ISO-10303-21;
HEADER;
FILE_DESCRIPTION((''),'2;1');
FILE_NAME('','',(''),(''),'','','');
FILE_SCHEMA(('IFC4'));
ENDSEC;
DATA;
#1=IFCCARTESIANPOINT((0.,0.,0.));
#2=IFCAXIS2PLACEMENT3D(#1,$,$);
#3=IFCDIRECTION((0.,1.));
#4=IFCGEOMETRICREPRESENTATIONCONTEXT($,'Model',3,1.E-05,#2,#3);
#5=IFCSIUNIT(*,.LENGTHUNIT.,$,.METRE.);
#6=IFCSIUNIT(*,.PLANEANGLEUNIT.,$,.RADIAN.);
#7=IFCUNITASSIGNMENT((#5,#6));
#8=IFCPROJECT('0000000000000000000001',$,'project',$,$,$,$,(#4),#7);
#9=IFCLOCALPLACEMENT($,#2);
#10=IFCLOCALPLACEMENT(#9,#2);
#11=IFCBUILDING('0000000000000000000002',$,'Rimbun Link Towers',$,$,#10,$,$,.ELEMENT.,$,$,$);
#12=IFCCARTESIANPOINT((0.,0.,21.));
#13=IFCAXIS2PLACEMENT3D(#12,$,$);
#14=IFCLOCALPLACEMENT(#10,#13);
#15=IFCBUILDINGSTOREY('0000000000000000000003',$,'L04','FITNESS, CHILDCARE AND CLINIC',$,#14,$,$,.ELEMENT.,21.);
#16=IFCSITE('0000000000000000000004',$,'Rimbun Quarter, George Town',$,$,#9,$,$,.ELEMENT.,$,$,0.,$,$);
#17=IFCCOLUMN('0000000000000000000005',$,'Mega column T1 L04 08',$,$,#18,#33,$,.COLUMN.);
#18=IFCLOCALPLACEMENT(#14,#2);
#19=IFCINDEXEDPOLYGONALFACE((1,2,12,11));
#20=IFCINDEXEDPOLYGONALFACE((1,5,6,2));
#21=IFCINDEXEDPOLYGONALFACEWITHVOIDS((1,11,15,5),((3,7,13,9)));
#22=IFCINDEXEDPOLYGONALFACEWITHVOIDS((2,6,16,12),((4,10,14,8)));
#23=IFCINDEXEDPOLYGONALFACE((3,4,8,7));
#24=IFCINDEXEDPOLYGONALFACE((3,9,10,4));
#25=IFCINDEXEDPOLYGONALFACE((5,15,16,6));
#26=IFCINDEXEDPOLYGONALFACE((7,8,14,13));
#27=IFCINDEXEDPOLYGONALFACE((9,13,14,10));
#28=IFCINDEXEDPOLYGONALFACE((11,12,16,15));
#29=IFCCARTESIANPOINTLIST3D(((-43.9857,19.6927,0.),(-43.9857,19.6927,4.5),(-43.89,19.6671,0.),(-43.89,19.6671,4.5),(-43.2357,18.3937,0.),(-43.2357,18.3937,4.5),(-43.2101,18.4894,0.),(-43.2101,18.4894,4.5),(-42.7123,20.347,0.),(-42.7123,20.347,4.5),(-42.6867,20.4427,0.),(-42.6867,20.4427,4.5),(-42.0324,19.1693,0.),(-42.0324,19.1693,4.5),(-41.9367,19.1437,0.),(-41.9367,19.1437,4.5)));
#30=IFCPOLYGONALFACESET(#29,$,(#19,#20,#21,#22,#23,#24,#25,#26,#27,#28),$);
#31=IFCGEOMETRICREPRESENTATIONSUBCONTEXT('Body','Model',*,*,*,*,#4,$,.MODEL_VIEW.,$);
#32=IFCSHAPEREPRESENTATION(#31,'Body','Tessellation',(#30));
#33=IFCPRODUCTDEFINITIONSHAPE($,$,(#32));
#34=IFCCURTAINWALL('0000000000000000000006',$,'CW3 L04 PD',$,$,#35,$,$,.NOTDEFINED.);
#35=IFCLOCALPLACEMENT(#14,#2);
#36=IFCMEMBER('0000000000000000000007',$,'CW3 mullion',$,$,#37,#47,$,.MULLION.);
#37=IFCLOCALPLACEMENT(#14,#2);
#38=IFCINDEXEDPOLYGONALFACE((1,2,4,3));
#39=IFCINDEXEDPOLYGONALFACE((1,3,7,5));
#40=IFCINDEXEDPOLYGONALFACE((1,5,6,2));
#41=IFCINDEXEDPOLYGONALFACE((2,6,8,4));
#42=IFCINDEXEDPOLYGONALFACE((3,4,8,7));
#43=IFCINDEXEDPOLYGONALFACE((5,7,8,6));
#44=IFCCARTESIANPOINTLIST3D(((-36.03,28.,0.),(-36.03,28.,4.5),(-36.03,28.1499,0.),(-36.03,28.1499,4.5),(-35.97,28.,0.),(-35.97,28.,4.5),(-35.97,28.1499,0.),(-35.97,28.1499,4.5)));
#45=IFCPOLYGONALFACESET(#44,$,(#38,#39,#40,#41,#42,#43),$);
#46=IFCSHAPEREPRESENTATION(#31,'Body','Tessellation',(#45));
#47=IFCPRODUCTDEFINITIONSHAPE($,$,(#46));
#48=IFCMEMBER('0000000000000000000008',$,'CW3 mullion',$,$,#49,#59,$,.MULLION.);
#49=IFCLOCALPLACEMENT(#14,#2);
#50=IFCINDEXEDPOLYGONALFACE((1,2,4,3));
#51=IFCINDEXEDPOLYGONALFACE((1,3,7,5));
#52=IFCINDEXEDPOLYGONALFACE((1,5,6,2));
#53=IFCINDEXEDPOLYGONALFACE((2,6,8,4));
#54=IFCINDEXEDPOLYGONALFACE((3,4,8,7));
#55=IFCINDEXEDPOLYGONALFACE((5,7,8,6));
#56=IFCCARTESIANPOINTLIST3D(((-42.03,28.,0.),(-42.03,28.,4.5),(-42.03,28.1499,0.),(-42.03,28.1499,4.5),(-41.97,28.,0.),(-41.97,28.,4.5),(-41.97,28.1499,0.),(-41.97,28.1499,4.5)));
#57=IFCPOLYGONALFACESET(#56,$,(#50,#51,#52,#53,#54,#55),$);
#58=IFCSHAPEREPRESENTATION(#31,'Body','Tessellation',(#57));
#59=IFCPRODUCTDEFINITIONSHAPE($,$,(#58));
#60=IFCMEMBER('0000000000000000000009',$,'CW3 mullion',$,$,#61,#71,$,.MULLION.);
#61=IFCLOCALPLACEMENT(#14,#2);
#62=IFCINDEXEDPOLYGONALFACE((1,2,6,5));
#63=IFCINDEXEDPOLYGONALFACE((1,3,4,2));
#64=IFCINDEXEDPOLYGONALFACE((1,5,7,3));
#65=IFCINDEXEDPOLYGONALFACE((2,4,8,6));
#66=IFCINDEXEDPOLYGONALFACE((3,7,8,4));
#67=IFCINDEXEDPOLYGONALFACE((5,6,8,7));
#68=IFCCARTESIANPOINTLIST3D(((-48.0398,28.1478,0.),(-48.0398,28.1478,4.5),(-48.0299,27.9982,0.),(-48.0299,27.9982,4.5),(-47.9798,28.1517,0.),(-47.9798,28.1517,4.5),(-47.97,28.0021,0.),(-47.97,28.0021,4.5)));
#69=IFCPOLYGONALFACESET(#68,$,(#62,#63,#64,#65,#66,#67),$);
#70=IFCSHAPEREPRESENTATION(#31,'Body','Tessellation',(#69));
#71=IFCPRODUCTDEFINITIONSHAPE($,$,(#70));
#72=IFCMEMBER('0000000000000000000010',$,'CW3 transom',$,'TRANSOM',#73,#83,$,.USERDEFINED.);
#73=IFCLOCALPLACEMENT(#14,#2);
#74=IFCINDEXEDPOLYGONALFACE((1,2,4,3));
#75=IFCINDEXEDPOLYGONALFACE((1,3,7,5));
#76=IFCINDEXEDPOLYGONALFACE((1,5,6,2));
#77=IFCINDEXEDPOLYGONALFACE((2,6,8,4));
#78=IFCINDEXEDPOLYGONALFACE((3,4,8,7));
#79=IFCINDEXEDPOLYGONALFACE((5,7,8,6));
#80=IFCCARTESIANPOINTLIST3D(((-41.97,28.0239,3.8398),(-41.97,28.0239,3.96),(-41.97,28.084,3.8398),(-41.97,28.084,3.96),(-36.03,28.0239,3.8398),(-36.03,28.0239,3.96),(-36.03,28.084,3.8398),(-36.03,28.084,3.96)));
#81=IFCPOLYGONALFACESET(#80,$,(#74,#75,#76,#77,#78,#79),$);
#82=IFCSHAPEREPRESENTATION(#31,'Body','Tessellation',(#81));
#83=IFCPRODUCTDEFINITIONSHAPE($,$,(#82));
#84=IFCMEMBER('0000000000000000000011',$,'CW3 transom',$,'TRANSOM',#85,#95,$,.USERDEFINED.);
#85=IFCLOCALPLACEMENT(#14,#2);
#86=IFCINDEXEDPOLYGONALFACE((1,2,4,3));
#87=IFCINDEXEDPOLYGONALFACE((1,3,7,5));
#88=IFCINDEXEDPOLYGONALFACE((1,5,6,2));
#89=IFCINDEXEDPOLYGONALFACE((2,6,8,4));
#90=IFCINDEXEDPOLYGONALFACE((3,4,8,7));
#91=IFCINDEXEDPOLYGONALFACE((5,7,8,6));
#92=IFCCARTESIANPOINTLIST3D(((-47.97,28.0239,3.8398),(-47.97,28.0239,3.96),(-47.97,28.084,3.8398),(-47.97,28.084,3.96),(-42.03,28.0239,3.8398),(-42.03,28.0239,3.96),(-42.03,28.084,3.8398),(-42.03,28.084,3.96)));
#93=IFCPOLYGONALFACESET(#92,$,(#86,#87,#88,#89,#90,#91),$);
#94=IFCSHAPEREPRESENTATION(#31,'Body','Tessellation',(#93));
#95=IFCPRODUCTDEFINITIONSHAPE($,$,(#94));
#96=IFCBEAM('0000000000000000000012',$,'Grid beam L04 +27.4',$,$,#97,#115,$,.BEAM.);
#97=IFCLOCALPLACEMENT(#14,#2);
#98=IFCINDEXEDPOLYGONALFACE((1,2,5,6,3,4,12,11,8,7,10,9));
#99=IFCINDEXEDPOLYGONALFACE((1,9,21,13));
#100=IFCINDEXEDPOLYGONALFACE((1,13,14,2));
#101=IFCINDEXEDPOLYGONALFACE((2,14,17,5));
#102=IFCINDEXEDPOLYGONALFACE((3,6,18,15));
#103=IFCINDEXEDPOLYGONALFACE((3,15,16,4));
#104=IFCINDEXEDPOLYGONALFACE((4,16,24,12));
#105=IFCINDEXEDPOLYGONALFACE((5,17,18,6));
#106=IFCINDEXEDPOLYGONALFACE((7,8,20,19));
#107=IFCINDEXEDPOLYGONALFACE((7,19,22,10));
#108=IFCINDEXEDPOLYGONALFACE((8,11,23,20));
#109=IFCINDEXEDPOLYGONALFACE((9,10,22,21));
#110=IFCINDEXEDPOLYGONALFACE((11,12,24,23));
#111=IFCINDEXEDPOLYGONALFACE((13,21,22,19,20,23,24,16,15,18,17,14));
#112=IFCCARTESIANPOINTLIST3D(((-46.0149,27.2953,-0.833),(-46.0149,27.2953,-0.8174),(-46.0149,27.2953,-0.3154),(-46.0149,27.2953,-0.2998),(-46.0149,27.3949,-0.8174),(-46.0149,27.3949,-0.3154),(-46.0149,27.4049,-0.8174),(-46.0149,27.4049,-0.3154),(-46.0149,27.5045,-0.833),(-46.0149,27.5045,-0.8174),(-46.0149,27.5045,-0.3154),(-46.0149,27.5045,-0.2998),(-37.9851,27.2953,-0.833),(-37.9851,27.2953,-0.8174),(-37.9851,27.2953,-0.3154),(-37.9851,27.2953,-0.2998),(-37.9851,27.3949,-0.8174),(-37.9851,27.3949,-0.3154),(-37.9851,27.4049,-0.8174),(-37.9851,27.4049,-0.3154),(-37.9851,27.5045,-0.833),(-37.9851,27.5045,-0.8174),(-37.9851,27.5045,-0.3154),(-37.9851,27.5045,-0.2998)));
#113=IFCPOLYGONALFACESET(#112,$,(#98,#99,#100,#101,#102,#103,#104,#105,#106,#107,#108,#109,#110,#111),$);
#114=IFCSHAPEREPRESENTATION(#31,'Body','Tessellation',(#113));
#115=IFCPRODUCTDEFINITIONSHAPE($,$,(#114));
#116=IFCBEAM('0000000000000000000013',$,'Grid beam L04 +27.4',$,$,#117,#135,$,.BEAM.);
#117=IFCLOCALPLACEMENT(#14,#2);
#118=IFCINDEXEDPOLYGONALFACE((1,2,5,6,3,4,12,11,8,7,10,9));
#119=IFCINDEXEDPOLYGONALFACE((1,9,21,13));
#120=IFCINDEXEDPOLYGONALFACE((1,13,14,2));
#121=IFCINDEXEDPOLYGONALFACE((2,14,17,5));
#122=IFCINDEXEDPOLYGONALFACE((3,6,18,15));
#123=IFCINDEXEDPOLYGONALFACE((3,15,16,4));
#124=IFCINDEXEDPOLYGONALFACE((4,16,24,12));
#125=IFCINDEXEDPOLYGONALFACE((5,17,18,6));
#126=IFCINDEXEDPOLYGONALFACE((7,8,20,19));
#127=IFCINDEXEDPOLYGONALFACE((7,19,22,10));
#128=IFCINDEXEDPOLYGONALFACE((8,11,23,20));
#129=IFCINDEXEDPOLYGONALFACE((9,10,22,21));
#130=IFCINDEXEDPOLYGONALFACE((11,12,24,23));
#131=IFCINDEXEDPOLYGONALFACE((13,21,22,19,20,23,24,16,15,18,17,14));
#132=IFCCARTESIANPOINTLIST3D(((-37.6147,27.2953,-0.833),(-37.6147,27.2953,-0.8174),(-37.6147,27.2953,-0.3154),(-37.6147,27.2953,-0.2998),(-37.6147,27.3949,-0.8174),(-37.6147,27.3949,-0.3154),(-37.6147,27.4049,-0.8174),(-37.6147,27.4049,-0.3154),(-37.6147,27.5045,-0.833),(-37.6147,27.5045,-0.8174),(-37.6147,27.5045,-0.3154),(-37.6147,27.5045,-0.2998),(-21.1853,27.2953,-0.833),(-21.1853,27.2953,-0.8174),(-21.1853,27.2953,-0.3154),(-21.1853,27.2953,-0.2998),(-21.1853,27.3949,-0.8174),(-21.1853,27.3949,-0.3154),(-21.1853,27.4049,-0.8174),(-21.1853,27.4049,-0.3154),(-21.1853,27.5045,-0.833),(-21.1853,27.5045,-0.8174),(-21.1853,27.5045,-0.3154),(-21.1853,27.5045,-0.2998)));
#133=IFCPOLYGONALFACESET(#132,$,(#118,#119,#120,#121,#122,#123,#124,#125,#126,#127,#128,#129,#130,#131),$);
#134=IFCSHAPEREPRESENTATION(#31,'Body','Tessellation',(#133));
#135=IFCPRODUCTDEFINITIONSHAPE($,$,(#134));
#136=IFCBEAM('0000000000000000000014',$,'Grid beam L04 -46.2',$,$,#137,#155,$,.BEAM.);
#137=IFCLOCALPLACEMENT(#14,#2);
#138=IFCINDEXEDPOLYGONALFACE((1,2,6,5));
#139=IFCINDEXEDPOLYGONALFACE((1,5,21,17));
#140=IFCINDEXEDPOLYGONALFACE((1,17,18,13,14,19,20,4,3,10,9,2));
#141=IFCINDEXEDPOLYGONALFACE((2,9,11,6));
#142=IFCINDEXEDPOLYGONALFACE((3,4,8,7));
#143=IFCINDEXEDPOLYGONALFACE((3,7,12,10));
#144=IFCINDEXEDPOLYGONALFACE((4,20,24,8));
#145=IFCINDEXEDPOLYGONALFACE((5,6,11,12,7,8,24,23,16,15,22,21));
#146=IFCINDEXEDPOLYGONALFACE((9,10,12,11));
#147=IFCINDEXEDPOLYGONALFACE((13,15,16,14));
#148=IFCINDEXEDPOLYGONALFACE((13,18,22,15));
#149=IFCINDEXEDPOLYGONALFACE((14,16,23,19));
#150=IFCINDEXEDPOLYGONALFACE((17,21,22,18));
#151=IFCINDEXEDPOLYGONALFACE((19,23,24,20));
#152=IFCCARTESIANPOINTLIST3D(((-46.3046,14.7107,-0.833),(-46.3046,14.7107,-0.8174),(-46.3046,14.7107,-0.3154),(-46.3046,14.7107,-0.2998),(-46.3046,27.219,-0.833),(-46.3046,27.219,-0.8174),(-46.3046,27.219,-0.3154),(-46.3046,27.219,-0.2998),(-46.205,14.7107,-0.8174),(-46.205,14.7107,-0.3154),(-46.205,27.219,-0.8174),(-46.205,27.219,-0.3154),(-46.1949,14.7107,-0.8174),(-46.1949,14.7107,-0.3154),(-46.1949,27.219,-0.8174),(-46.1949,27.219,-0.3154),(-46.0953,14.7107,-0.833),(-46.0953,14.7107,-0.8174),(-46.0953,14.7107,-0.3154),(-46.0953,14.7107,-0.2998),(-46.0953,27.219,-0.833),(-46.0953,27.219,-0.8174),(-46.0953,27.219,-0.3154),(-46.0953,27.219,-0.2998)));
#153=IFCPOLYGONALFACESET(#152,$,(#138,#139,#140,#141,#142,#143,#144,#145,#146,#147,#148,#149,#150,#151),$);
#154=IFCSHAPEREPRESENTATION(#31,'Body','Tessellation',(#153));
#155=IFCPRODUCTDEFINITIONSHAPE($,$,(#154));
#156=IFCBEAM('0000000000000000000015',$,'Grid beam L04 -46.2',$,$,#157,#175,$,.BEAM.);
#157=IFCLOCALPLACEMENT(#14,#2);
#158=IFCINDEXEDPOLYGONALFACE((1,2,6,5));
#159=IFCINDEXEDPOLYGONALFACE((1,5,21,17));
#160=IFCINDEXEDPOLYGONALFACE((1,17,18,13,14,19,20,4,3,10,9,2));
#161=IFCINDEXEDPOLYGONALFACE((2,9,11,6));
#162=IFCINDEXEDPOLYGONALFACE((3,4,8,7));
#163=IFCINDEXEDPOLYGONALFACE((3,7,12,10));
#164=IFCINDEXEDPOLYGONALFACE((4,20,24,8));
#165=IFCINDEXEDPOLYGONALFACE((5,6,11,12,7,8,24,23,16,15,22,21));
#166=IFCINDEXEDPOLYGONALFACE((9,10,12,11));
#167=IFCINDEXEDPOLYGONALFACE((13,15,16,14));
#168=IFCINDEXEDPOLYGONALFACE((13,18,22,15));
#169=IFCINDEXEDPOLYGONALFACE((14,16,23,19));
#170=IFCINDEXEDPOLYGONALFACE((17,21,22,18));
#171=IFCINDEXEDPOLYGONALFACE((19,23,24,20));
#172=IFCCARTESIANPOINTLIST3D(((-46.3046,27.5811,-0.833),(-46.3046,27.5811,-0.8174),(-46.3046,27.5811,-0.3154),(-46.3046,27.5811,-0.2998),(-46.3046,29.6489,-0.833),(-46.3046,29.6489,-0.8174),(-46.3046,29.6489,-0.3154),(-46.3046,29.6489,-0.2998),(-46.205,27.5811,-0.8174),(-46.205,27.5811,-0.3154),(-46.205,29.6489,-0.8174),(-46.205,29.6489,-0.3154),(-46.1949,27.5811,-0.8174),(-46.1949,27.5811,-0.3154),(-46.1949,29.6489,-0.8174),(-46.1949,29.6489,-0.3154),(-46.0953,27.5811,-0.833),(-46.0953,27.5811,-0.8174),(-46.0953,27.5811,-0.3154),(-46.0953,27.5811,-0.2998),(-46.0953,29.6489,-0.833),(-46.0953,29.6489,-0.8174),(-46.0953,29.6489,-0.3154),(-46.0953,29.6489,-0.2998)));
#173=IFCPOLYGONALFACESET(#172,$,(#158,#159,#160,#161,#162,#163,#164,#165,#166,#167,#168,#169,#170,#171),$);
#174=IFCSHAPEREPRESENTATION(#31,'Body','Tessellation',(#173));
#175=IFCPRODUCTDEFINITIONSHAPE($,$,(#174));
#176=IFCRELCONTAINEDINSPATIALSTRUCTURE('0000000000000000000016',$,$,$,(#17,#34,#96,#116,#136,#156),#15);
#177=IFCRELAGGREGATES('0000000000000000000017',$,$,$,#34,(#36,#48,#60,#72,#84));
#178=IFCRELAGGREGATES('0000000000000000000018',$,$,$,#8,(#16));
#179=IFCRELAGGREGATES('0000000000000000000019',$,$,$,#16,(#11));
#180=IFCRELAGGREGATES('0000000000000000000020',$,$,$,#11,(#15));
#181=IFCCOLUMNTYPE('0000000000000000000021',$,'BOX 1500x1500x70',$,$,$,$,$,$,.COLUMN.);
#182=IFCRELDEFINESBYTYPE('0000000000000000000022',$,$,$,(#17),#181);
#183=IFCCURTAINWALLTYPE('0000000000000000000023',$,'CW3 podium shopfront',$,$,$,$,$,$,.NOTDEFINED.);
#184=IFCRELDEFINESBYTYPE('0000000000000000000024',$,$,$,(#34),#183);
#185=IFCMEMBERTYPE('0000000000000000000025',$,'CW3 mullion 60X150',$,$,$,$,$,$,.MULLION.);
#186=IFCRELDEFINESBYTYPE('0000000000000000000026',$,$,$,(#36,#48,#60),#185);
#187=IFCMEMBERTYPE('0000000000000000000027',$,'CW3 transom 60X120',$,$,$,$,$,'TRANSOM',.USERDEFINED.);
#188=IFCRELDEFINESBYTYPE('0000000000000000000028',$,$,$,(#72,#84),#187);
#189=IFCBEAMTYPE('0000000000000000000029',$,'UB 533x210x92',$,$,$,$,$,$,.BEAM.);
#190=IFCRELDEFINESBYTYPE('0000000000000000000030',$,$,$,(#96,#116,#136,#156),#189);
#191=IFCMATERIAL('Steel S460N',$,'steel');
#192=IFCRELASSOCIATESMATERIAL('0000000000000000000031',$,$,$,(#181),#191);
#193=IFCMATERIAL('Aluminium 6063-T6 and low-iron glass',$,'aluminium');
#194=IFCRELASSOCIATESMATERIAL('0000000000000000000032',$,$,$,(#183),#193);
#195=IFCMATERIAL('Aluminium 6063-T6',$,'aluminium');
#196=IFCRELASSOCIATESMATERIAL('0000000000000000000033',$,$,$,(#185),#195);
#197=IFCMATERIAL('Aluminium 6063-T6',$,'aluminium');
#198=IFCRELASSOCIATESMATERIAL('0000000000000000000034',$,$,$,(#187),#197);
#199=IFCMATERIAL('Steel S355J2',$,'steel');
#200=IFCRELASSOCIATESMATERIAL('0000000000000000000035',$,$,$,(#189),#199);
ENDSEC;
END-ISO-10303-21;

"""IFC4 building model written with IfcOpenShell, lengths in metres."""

from ifc_helpers import new_model, si_unit, direction, frame, origin, origin_2d, place, context, subcontext, project, spatial, rectangle, hollow_rectangle, i_section, extrude, material, material_profile, profile_set, type_object, element, aggregate, save


model = new_model("IFC4")

# Units and contexts
model_context = context("Model", 3, precision=1e-05, world=origin(), true_north=direction((0.0, 1.0)))
body_context = subcontext(model_context, "Body", "Model", "MODEL_VIEW")
ifc_project = project(units=[si_unit("LENGTHUNIT", "METRE"), si_unit("PLANEANGLEUNIT", "RADIAN")], contexts=[model_context])

# Site, building, storey
site_placement = place(None, origin())
site = spatial("IfcSite", under=ifc_project, at=site_placement, Name="Rimbun Quarter, George Town", CompositionType="ELEMENT", RefElevation=0.0)
building_placement = place(site_placement, origin())
building = spatial("IfcBuilding", under=site, at=building_placement, Name="Rimbun Link Towers", CompositionType="ELEMENT")
storey_placement = place(building_placement, frame((0.0, 0.0, 21.0)))
storey = spatial("IfcBuildingStorey", under=building, at=storey_placement, Name="L04", Description="FITNESS, CHILDCARE AND CLINIC", CompositionType="ELEMENT", Elevation=21.0)

# Column
ifc_material_1 = material(Name="Steel S460N", Category="steel")
ifc_material_profile_1 = material_profile(ifc_material_1, hollow_rectangle(XDim=1.5, YDim=1.5, WallThickness=0.0701, at=origin_2d()), Name="BOX 1500x1500x70")
ifc_profile_set_1 = profile_set([ifc_material_profile_1], Name="Steel S460N")
column_type = type_object("IfcColumnType", Name="BOX 1500x1500x70", PredefinedType="COLUMN", material=ifc_profile_set_1)
column_placement = place(storey_placement, frame((-42.9612, 19.4182, 0.0), z_axis=(0.0, 0.0, 1.0), x_axis=(-0.5, 0.866025, 0.0)))
element("IfcColumn", 1, at=column_placement, inside=storey, type_object=column_type, Name="Mega column T1 L04 08", PredefinedType="COLUMN", context=body_context, shape_type="SweptSolid", body=[
    extrude(hollow_rectangle(XDim=1.5, YDim=1.5, WallThickness=0.0701, at=origin_2d()), origin(), (0.0, 0.0, 1.0), 4.5),
])

# Curtain wall, members
ifc_material_2 = material(Name="Aluminium 6063-T6 and low-iron glass", Category="aluminium")
curtain_wall_type = type_object("IfcCurtainWallType", Name="CW3 podium shopfront", PredefinedType="NOTDEFINED", material=ifc_material_2)
curtain_wall_placement = place(storey_placement, origin())
curtain_wall = element("IfcCurtainWall", 2, at=curtain_wall_placement, inside=storey, type_object=curtain_wall_type, Name="CW3 L04 PD", PredefinedType="NOTDEFINED")
ifc_material_3 = material(Name="Aluminium 6063-T6", Category="aluminium")
ifc_material_profile_2 = material_profile(ifc_material_3, rectangle(XDim=0.1499, YDim=0.0601, at=origin_2d()), Name="MULLION 60X150")
ifc_profile_set_2 = profile_set([ifc_material_profile_2], Name="Aluminium 6063-T6")
member_type_1 = type_object("IfcMemberType", Name="CW3 mullion 60X150", PredefinedType="MULLION", material=ifc_profile_set_2)
member_1_placement = place(storey_placement, frame((-36.0, 28.075, 0.0), z_axis=(0.0, 0.0, 1.0), x_axis=(0.0, 1.0, 0.0)))
member_1 = element("IfcMember", 3, at=member_1_placement, type_object=member_type_1, Name="CW3 mullion", PredefinedType="MULLION", context=body_context, shape_type="SweptSolid", body=[
    extrude(rectangle(XDim=0.1499, YDim=0.0601, at=origin_2d()), origin(), (0.0, 0.0, 1.0), 4.5),
])
member_2_placement = place(storey_placement, frame((-42.0, 28.075, 0.0), z_axis=(0.0, 0.0, 1.0), x_axis=(0.0, 1.0, 0.0)))
member_2 = element("IfcMember", 4, at=member_2_placement, type_object=member_type_1, Name="CW3 mullion", PredefinedType="MULLION", context=body_context, shape_type="SweptSolid", body=[
    extrude(rectangle(XDim=0.1499, YDim=0.0601, at=origin_2d()), origin(), (0.0, 0.0, 1.0), 4.5),
])
member_3_placement = place(storey_placement, frame((-48.0049, 28.075, 0.0), z_axis=(0.0, 0.0, 1.0), x_axis=(-0.065405, 0.997859, 0.0)))
member_3 = element("IfcMember", 5, at=member_3_placement, type_object=member_type_1, Name="CW3 mullion", PredefinedType="MULLION", context=body_context, shape_type="SweptSolid", body=[
    extrude(rectangle(XDim=0.1499, YDim=0.0601, at=origin_2d()), origin(), (0.0, 0.0, 1.0), 4.5),
])
ifc_material_4 = material(Name="Aluminium 6063-T6", Category="aluminium")
ifc_material_profile_3 = material_profile(ifc_material_4, rectangle(XDim=0.0601, YDim=0.1201, at=origin_2d()), Name="TRANSOM 60X120")
ifc_profile_set_3 = profile_set([ifc_material_profile_3], Name="Aluminium 6063-T6")
member_type_2 = type_object("IfcMemberType", Name="CW3 transom 60X120", ElementType="TRANSOM", PredefinedType="USERDEFINED", material=ifc_profile_set_3)
member_4_placement = place(storey_placement, frame((-41.97, 28.054, 3.8999), z_axis=(1.0, 0.0, 0.0), x_axis=(0.0, 1.0, 0.0)))
member_4 = element("IfcMember", 6, at=member_4_placement, type_object=member_type_2, Name="CW3 transom", ObjectType="TRANSOM", PredefinedType="USERDEFINED", context=body_context, shape_type="SweptSolid", body=[
    extrude(rectangle(XDim=0.0601, YDim=0.1201, at=origin_2d()), origin(), (0.0, 0.0, 1.0), 5.9399),
])
member_5_placement = place(storey_placement, frame((-47.97, 28.054, 3.8999), z_axis=(1.0, 0.0, 0.0), x_axis=(0.0, 1.0, 0.0)))
member_5 = element("IfcMember", 7, at=member_5_placement, type_object=member_type_2, Name="CW3 transom", ObjectType="TRANSOM", PredefinedType="USERDEFINED", context=body_context, shape_type="SweptSolid", body=[
    extrude(rectangle(XDim=0.0601, YDim=0.1201, at=origin_2d()), origin(), (0.0, 0.0, 1.0), 5.9399),
])

# Beams
ifc_material_5 = material(Name="Steel S355J2", Category="steel")
ifc_material_profile_4 = material_profile(ifc_material_5, i_section(OverallWidth=0.2092, OverallDepth=0.5332, WebThickness=0.01, FlangeThickness=0.0156, at=origin_2d()), Name="UB 533x210x92")
ifc_profile_set_4 = profile_set([ifc_material_profile_4], Name="Steel S355J2")
beam_type_1 = type_object("IfcBeamType", Name="UB 533x210x92", PredefinedType="BEAM", material=ifc_profile_set_4)
beam_1_placement = place(storey_placement, frame((-46.0149, 27.3999, -0.5664), z_axis=(1.0, 0.0, 0.0), x_axis=(0.0, 1.0, 0.0)))
element("IfcBeam", 8, at=beam_1_placement, inside=storey, type_object=beam_type_1, Name="Grid beam L04 +27.4", PredefinedType="BEAM", context=body_context, shape_type="SweptSolid", body=[
    extrude(i_section(OverallWidth=0.2092, OverallDepth=0.5332, WebThickness=0.01, FlangeThickness=0.0156, at=origin_2d()), origin(), (0.0, 0.0, 1.0), 8.0298),
])
beam_2_placement = place(storey_placement, frame((-37.6147, 27.3999, -0.5664), z_axis=(1.0, 0.0, 0.0), x_axis=(0.0, 1.0, 0.0)))
element("IfcBeam", 9, at=beam_2_placement, inside=storey, type_object=beam_type_1, Name="Grid beam L04 +27.4", PredefinedType="BEAM", context=body_context, shape_type="SweptSolid", body=[
    extrude(i_section(OverallWidth=0.2092, OverallDepth=0.5332, WebThickness=0.01, FlangeThickness=0.0156, at=origin_2d()), origin(), (0.0, 0.0, 1.0), 16.4294),
])
beam_3_placement = place(storey_placement, frame((-46.2, 14.7107, -0.5664), z_axis=(0.0, 1.0, 0.0), x_axis=(-1.0, 0.0, 0.0)))
element("IfcBeam", 10, at=beam_3_placement, inside=storey, type_object=beam_type_1, Name="Grid beam L04 -46.2", PredefinedType="BEAM", context=body_context, shape_type="SweptSolid", body=[
    extrude(i_section(OverallWidth=0.2092, OverallDepth=0.5332, WebThickness=0.01, FlangeThickness=0.0156, at=origin_2d()), origin(), (0.0, 0.0, 1.0), 12.5083),
])
beam_4_placement = place(storey_placement, frame((-46.2, 27.5811, -0.5664), z_axis=(0.0, 1.0, 0.0), x_axis=(-1.0, 0.0, 0.0)))
element("IfcBeam", 11, at=beam_4_placement, inside=storey, type_object=beam_type_1, Name="Grid beam L04 -46.2", PredefinedType="BEAM", context=body_context, shape_type="SweptSolid", body=[
    extrude(i_section(OverallWidth=0.2092, OverallDepth=0.5332, WebThickness=0.01, FlangeThickness=0.0156, at=origin_2d()), origin(), (0.0, 0.0, 1.0), 2.0679),
])

aggregate(curtain_wall, [member_1, member_2, member_3, member_4, member_5])

save(model, "model.ifc")
